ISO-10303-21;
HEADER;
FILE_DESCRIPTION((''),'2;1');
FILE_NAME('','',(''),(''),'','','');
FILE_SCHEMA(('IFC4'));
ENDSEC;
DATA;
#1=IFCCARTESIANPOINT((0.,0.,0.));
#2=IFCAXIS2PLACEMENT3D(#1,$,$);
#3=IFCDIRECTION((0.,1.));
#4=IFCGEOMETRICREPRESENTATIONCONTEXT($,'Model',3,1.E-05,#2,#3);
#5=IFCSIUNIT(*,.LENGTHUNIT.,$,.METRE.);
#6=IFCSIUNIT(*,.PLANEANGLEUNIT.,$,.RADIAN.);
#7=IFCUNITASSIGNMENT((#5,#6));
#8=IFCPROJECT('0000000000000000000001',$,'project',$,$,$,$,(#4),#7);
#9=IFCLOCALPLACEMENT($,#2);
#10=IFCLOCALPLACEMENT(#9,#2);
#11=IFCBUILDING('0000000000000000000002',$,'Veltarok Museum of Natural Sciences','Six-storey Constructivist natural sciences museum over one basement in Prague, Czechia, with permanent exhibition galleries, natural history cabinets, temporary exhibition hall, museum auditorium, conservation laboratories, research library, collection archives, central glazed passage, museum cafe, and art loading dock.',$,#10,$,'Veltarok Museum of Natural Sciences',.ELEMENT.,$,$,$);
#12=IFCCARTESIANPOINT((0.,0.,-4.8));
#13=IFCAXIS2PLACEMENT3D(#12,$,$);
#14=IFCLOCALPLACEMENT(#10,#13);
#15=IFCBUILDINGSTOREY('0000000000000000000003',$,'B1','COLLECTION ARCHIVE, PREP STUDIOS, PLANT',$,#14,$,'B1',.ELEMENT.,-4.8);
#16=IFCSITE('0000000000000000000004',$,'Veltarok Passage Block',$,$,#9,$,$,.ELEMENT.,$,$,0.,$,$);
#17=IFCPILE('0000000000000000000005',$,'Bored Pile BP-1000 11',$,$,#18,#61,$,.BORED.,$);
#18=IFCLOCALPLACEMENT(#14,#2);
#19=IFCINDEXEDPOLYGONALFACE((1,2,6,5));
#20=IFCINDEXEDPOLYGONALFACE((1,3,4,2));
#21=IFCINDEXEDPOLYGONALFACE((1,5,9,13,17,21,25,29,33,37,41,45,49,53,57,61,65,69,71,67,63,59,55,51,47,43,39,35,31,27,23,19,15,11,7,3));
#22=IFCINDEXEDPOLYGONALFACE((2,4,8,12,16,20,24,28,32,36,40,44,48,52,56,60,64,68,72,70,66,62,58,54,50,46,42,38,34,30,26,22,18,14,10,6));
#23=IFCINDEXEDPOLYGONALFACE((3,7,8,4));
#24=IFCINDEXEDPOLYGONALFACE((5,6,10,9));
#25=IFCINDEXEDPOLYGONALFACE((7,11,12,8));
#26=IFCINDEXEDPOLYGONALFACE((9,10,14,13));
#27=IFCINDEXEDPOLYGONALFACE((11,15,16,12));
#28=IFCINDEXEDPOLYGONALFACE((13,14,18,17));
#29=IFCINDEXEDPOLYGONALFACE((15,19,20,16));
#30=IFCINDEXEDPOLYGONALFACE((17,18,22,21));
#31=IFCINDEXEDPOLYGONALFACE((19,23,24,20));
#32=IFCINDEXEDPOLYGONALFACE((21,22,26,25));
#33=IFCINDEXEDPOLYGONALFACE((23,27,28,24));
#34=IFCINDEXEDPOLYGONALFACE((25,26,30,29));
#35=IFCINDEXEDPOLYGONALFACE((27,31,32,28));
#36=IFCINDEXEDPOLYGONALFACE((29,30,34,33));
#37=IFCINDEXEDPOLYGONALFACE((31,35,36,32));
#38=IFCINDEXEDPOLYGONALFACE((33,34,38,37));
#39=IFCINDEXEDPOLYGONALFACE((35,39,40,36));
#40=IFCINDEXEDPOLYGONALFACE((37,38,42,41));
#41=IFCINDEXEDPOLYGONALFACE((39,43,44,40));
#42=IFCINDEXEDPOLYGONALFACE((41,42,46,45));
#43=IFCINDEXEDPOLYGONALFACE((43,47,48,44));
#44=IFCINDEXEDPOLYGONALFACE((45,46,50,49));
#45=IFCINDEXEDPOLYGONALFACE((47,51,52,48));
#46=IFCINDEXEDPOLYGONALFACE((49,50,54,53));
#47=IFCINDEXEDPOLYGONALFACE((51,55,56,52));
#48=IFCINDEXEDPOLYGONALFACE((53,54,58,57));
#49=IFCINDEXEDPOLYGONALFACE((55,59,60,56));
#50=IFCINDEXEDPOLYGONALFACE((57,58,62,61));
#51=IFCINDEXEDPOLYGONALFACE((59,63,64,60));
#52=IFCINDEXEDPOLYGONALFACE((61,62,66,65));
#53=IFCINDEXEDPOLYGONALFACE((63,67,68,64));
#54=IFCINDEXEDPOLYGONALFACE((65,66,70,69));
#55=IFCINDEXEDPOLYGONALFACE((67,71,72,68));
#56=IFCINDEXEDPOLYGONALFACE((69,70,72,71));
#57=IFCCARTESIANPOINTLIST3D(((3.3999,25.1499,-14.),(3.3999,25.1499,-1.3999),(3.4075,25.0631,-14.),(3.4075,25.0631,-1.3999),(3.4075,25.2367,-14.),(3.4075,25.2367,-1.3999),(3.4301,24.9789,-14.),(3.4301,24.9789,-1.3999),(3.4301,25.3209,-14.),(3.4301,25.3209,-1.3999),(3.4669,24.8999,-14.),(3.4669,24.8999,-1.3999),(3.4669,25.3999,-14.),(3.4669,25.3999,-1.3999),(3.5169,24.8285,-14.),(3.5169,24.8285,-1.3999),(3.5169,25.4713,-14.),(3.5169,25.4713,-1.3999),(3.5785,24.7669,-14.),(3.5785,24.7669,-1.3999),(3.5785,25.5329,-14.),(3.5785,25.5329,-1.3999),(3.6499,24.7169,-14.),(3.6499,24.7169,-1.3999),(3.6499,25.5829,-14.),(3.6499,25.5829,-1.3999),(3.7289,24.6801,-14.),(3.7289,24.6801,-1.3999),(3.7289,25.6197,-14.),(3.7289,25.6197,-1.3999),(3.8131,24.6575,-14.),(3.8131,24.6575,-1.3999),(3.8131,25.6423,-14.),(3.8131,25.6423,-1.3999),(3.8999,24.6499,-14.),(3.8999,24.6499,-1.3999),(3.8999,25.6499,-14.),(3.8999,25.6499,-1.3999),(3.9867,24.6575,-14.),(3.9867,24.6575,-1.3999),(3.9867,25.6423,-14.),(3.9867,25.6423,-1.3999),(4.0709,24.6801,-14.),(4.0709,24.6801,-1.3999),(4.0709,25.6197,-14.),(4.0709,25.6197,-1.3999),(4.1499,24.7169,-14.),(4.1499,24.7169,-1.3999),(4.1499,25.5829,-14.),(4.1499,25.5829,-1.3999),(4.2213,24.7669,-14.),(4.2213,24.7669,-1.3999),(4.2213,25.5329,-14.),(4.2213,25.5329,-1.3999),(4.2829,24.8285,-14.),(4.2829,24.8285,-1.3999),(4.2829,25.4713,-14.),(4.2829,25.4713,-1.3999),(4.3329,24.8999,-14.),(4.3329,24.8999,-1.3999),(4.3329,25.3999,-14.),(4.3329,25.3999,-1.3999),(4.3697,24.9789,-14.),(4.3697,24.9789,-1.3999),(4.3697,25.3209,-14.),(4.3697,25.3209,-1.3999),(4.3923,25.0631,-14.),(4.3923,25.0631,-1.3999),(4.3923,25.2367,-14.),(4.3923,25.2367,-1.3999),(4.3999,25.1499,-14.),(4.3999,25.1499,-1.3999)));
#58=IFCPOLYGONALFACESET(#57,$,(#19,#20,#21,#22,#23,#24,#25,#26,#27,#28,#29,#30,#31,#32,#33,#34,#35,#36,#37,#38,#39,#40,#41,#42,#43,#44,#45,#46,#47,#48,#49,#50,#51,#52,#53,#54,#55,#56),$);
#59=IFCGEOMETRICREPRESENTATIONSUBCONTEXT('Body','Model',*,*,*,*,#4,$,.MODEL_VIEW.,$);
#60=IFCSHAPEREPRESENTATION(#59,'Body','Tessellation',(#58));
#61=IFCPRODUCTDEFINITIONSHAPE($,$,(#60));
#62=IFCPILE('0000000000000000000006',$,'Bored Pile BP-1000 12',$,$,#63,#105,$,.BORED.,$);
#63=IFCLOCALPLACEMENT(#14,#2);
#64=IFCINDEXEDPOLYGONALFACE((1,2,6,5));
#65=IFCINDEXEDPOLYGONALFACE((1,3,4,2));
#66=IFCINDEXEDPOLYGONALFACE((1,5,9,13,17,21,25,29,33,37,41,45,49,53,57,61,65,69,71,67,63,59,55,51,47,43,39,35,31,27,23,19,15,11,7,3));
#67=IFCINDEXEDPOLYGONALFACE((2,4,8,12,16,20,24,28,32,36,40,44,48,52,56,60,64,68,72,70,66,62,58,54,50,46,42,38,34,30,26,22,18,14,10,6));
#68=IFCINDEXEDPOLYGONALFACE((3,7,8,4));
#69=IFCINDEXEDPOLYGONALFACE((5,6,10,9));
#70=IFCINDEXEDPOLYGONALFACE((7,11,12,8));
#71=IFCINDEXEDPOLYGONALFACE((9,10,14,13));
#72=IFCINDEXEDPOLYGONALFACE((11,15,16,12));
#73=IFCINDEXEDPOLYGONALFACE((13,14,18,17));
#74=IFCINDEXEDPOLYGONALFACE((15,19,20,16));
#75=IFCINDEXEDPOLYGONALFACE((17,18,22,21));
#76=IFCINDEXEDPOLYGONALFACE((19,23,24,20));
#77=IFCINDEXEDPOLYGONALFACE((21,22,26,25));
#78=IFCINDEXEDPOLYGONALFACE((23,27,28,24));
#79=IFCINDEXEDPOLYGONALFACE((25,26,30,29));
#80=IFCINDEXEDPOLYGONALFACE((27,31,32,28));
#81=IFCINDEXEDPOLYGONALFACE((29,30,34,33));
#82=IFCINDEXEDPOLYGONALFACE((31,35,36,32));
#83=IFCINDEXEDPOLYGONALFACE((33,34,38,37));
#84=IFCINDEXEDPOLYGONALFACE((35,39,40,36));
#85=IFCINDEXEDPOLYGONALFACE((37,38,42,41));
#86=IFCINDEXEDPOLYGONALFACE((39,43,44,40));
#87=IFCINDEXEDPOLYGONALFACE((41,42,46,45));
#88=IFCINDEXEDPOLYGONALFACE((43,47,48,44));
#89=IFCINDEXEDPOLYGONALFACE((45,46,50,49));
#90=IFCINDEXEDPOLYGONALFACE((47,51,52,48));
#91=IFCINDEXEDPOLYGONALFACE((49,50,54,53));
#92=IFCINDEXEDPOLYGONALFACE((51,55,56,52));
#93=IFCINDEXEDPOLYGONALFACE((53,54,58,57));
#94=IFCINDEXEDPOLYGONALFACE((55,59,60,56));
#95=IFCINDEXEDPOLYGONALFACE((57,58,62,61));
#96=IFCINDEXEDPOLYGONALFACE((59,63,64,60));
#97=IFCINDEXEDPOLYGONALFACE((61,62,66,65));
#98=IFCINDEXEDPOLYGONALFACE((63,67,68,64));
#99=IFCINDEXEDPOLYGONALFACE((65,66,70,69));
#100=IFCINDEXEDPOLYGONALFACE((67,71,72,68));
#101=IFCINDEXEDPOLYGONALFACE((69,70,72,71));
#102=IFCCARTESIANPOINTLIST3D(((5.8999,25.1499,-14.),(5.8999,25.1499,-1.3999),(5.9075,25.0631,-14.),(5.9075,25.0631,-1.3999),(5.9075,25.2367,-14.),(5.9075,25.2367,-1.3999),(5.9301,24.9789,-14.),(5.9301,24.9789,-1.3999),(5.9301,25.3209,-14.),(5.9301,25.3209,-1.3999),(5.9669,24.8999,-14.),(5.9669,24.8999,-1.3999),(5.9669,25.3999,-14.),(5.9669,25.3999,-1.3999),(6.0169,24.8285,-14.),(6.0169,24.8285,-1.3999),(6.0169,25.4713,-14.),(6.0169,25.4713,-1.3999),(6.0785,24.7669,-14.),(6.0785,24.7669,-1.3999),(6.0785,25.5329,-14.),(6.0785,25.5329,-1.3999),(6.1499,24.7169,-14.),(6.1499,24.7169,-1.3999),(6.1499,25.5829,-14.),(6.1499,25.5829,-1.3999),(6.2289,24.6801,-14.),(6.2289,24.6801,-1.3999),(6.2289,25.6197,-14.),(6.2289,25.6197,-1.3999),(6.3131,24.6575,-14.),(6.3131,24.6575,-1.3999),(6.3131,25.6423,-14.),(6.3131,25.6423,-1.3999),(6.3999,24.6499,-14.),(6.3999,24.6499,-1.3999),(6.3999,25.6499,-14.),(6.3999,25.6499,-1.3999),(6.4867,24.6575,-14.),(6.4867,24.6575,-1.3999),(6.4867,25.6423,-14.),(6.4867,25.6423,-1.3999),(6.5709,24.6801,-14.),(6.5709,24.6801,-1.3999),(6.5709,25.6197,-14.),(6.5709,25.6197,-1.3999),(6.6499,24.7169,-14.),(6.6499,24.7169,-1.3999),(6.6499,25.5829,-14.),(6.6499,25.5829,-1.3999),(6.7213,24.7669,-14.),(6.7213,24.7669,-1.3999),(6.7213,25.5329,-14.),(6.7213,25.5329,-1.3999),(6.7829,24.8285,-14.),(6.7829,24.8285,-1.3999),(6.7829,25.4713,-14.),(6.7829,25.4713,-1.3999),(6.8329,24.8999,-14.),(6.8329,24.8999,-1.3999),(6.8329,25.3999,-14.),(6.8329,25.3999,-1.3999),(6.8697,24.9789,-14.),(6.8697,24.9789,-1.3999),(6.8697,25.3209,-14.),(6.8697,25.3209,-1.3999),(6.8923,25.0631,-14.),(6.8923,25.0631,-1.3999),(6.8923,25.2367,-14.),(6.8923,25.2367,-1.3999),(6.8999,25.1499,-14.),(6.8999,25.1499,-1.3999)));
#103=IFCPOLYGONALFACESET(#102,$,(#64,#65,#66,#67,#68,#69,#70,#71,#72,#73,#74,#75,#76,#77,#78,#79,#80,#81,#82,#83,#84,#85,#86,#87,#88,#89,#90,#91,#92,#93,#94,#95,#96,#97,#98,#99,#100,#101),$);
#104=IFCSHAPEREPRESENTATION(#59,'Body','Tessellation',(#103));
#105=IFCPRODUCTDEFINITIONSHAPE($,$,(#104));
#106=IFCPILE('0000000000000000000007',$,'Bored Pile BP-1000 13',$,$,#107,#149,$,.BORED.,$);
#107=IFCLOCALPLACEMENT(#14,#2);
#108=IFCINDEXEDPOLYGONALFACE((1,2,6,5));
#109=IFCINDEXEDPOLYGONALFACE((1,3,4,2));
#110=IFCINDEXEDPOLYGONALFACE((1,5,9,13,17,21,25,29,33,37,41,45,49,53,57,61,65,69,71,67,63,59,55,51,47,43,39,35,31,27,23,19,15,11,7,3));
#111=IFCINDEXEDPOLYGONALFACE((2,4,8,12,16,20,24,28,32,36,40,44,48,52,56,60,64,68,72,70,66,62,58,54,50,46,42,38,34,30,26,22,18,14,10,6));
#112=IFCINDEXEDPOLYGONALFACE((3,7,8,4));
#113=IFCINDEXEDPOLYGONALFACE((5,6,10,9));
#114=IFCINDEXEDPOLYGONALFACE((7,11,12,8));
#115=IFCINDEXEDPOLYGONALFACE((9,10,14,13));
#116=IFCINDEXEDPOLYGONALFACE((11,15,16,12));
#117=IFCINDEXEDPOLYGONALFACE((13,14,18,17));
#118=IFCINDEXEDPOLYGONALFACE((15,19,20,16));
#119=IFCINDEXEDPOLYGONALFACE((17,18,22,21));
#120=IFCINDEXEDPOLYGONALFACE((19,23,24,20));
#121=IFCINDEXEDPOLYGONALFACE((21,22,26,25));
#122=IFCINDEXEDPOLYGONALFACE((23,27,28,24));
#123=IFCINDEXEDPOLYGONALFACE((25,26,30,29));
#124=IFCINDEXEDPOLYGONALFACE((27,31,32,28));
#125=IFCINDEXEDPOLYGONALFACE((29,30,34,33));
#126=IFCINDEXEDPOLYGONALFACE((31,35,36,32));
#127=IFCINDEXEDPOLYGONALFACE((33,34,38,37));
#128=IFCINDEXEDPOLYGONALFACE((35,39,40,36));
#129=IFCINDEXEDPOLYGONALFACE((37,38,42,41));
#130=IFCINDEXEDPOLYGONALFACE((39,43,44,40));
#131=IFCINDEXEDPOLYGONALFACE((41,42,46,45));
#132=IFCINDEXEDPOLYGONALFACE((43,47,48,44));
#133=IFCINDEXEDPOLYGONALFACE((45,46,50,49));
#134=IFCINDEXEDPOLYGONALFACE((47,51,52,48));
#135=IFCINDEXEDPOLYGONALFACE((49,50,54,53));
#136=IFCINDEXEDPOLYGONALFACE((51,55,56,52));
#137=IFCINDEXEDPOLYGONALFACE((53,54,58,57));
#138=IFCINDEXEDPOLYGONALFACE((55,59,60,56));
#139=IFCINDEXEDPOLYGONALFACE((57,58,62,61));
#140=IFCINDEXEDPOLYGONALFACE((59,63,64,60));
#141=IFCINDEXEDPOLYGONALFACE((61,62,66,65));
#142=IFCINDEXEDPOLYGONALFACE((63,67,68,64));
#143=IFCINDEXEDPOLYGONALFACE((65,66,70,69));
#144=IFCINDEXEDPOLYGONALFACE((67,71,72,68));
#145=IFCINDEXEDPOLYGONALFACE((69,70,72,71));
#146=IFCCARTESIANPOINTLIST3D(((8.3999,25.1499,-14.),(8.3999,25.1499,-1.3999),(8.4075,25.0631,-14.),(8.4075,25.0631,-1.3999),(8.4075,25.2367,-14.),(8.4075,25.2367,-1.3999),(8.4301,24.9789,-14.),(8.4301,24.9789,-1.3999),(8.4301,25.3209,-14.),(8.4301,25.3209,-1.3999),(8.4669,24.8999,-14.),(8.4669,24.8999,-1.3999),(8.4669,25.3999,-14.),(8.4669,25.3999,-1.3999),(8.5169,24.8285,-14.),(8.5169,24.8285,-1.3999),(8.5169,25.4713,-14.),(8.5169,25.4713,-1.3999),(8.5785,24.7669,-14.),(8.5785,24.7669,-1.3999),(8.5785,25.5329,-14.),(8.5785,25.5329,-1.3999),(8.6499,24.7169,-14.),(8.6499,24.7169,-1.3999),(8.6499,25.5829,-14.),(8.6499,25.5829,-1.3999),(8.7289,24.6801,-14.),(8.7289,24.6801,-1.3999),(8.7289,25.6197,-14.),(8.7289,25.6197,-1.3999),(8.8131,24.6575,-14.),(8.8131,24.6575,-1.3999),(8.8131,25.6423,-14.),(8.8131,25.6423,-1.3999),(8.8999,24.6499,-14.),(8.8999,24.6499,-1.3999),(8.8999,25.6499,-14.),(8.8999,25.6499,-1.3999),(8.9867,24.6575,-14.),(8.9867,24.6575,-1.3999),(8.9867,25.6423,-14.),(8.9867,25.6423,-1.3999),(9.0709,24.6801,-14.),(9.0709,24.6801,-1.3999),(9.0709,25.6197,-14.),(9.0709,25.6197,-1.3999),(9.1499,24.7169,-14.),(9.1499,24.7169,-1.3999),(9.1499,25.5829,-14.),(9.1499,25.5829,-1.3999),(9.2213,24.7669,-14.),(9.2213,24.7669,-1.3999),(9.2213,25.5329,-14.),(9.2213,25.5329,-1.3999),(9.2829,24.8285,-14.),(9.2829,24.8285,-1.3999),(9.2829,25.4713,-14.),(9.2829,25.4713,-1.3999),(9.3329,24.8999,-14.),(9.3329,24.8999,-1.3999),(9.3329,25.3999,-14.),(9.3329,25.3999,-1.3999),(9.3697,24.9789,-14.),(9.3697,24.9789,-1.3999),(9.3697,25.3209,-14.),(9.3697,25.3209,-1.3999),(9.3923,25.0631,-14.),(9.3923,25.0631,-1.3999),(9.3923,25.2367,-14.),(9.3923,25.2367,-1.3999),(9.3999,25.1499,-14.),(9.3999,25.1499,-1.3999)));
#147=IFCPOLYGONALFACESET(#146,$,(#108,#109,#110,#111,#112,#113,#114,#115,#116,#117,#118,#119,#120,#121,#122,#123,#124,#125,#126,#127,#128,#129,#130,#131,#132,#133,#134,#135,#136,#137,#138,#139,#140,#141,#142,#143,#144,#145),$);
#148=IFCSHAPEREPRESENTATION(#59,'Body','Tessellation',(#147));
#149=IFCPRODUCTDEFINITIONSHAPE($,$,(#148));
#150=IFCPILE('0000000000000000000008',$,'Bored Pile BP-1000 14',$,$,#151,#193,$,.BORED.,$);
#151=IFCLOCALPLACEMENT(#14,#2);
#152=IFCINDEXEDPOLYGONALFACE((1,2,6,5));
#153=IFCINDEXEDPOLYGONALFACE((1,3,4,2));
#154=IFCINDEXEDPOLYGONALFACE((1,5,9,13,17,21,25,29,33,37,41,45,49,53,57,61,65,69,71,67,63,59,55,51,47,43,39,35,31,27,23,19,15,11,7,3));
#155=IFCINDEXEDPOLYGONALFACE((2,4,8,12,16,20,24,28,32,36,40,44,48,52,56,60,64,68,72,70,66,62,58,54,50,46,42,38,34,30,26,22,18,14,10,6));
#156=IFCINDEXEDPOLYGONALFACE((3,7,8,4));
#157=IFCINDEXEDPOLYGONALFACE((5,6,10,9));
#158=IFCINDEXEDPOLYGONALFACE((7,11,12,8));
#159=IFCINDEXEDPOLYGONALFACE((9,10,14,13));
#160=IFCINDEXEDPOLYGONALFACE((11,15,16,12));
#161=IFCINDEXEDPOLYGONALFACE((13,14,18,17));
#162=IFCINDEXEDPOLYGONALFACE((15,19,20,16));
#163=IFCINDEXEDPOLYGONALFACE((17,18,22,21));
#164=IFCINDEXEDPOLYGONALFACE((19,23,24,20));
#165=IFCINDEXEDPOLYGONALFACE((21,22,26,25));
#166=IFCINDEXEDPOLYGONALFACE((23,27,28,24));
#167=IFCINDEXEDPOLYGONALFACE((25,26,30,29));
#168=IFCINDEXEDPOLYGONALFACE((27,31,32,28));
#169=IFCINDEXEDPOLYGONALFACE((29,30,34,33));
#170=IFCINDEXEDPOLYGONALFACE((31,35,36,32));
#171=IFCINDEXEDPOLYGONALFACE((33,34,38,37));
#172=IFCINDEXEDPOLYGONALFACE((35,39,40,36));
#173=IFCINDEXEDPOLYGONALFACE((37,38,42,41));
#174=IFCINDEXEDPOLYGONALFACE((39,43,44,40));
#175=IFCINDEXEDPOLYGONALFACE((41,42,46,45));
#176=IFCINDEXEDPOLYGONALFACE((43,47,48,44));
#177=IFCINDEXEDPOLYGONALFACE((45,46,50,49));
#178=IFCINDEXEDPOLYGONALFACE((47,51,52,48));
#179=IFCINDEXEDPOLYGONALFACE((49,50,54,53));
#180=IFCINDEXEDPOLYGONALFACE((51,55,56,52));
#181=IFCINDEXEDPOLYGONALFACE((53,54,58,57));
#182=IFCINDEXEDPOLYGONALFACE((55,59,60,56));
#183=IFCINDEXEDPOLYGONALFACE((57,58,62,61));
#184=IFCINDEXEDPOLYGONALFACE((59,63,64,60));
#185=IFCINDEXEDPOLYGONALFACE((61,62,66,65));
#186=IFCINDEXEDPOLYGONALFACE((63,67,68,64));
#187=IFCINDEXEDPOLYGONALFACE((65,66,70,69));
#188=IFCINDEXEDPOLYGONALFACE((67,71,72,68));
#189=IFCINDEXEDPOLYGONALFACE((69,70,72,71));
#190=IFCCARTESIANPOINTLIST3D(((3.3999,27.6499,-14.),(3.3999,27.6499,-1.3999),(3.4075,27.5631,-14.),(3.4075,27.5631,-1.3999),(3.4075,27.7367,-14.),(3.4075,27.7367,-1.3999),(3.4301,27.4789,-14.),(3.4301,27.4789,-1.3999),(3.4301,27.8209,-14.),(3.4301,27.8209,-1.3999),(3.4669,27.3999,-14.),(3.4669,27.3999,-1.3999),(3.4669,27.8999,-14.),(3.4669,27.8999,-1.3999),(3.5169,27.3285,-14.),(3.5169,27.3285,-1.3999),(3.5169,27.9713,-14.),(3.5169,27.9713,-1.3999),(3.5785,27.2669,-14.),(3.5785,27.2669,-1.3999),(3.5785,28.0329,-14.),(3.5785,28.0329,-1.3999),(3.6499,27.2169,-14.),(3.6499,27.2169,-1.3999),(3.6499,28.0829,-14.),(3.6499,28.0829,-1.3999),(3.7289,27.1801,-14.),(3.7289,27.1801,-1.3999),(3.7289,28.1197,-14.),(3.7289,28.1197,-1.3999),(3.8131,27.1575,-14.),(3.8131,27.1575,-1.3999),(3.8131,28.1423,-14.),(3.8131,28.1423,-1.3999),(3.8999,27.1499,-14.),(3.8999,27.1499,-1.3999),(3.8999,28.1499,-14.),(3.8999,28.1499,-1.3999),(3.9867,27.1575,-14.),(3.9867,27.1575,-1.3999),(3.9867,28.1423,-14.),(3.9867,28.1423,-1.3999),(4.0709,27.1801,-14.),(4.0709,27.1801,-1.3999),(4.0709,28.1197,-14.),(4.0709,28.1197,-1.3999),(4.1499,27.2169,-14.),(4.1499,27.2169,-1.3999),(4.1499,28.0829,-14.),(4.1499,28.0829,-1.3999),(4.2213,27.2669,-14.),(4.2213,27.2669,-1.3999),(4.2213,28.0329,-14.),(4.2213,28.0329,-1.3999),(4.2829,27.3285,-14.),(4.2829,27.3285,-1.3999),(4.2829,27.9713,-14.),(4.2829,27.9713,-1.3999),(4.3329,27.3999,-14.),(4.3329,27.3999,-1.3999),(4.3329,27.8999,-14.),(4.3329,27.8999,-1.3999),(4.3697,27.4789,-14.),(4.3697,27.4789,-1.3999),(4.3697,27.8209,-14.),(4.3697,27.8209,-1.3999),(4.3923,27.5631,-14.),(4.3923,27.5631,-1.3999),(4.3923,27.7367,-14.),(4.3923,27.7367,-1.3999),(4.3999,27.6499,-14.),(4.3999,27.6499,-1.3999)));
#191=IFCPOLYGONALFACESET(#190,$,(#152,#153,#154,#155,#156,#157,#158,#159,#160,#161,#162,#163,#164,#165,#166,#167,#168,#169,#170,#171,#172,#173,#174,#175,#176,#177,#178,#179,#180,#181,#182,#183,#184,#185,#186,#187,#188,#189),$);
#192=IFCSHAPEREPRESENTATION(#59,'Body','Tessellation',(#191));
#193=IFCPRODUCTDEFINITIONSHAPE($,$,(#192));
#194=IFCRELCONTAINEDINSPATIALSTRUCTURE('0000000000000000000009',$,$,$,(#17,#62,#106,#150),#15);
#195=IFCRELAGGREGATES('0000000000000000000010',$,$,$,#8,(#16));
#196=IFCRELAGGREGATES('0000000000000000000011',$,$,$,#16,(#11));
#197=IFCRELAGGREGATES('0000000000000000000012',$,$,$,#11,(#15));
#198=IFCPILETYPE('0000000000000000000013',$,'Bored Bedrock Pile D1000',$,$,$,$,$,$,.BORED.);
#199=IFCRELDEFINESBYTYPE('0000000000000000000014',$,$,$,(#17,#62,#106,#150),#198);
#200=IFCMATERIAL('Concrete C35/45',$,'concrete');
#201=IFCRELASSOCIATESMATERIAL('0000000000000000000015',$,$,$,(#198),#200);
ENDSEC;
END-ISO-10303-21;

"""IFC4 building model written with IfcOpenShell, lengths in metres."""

from ifc_helpers import new_model, si_unit, direction, frame, origin, origin_2d, place, context, subcontext, project, spatial, circle, extrude, material, material_profile, profile_set, type_object, element, save


model = new_model("IFC4")

# Units and contexts
model_context = context("Model", 3, precision=1e-05, world=origin(), true_north=direction((0.0, 1.0)))
body_context = subcontext(model_context, "Body", "Model", "MODEL_VIEW")
ifc_project = project(units=[si_unit("LENGTHUNIT", "METRE"), si_unit("PLANEANGLEUNIT", "RADIAN")], contexts=[model_context])

# Site, building, storey
site_placement = place(None, origin())
site = spatial("IfcSite", under=ifc_project, at=site_placement, Name="Veltarok Passage Block", CompositionType="ELEMENT", RefElevation=0.0)
building_placement = place(site_placement, origin())
building = spatial("IfcBuilding", under=site, at=building_placement, Name="Veltarok Museum of Natural Sciences", Description="Six-storey Constructivist natural sciences museum over one basement in Prague, Czechia, with permanent exhibition galleries, natural history cabinets, temporary exhibition hall, museum auditorium, conservation laboratories, research library, collection archives, central glazed passage, museum cafe, and art loading dock.", LongName="Veltarok Museum of Natural Sciences", CompositionType="ELEMENT")
storey_placement = place(building_placement, frame((0.0, 0.0, -4.8)))
storey = spatial("IfcBuildingStorey", under=building, at=storey_placement, Name="B1", Description="COLLECTION ARCHIVE, PREP STUDIOS, PLANT", LongName="B1", CompositionType="ELEMENT", Elevation=-4.8)

# Piles
ifc_material_1 = material(Name="Concrete C35/45", Category="concrete")
ifc_material_profile_1 = material_profile(ifc_material_1, circle(Radius=0.5, at=origin_2d()), Name="BP D1000")
ifc_profile_set_1 = profile_set([ifc_material_profile_1], Name="Concrete C35/45")
pile_type_1 = type_object("IfcPileType", Name="Bored Bedrock Pile D1000", PredefinedType="BORED", material=ifc_profile_set_1)
for number, where, z_axis, x_axis, name in (
    (1, (3.8999, 25.1499, -1.3999), (0.0, 0.0, -1.0), (1.0, 0.0, 0.0), "Bored Pile BP-1000 11"),
    (2, (6.3999, 25.1499, -1.3999), (0.0, 0.0, -1.0), (1.0, 0.0, 0.0), "Bored Pile BP-1000 12"),
    (3, (8.8999, 25.1499, -1.3999), (0.0, 0.0, -1.0), (1.0, 0.0, 0.0), "Bored Pile BP-1000 13"),
    (4, (3.8999, 27.6499, -1.3999), (0.0, 0.0, -1.0), (1.0, 0.0, 0.0), "Bored Pile BP-1000 14"),
):
    element("IfcPile", number, at=place(storey_placement, frame(where, z_axis=z_axis, x_axis=x_axis)), inside=storey, type_object=pile_type_1, Name=name, PredefinedType="BORED", context=body_context, shape_type="SweptSolid", body=[
        extrude(circle(Radius=0.5, at=origin_2d()), origin(), (0.0, 0.0, 1.0), 12.6001),
    ])

save(model, "model.ifc")
